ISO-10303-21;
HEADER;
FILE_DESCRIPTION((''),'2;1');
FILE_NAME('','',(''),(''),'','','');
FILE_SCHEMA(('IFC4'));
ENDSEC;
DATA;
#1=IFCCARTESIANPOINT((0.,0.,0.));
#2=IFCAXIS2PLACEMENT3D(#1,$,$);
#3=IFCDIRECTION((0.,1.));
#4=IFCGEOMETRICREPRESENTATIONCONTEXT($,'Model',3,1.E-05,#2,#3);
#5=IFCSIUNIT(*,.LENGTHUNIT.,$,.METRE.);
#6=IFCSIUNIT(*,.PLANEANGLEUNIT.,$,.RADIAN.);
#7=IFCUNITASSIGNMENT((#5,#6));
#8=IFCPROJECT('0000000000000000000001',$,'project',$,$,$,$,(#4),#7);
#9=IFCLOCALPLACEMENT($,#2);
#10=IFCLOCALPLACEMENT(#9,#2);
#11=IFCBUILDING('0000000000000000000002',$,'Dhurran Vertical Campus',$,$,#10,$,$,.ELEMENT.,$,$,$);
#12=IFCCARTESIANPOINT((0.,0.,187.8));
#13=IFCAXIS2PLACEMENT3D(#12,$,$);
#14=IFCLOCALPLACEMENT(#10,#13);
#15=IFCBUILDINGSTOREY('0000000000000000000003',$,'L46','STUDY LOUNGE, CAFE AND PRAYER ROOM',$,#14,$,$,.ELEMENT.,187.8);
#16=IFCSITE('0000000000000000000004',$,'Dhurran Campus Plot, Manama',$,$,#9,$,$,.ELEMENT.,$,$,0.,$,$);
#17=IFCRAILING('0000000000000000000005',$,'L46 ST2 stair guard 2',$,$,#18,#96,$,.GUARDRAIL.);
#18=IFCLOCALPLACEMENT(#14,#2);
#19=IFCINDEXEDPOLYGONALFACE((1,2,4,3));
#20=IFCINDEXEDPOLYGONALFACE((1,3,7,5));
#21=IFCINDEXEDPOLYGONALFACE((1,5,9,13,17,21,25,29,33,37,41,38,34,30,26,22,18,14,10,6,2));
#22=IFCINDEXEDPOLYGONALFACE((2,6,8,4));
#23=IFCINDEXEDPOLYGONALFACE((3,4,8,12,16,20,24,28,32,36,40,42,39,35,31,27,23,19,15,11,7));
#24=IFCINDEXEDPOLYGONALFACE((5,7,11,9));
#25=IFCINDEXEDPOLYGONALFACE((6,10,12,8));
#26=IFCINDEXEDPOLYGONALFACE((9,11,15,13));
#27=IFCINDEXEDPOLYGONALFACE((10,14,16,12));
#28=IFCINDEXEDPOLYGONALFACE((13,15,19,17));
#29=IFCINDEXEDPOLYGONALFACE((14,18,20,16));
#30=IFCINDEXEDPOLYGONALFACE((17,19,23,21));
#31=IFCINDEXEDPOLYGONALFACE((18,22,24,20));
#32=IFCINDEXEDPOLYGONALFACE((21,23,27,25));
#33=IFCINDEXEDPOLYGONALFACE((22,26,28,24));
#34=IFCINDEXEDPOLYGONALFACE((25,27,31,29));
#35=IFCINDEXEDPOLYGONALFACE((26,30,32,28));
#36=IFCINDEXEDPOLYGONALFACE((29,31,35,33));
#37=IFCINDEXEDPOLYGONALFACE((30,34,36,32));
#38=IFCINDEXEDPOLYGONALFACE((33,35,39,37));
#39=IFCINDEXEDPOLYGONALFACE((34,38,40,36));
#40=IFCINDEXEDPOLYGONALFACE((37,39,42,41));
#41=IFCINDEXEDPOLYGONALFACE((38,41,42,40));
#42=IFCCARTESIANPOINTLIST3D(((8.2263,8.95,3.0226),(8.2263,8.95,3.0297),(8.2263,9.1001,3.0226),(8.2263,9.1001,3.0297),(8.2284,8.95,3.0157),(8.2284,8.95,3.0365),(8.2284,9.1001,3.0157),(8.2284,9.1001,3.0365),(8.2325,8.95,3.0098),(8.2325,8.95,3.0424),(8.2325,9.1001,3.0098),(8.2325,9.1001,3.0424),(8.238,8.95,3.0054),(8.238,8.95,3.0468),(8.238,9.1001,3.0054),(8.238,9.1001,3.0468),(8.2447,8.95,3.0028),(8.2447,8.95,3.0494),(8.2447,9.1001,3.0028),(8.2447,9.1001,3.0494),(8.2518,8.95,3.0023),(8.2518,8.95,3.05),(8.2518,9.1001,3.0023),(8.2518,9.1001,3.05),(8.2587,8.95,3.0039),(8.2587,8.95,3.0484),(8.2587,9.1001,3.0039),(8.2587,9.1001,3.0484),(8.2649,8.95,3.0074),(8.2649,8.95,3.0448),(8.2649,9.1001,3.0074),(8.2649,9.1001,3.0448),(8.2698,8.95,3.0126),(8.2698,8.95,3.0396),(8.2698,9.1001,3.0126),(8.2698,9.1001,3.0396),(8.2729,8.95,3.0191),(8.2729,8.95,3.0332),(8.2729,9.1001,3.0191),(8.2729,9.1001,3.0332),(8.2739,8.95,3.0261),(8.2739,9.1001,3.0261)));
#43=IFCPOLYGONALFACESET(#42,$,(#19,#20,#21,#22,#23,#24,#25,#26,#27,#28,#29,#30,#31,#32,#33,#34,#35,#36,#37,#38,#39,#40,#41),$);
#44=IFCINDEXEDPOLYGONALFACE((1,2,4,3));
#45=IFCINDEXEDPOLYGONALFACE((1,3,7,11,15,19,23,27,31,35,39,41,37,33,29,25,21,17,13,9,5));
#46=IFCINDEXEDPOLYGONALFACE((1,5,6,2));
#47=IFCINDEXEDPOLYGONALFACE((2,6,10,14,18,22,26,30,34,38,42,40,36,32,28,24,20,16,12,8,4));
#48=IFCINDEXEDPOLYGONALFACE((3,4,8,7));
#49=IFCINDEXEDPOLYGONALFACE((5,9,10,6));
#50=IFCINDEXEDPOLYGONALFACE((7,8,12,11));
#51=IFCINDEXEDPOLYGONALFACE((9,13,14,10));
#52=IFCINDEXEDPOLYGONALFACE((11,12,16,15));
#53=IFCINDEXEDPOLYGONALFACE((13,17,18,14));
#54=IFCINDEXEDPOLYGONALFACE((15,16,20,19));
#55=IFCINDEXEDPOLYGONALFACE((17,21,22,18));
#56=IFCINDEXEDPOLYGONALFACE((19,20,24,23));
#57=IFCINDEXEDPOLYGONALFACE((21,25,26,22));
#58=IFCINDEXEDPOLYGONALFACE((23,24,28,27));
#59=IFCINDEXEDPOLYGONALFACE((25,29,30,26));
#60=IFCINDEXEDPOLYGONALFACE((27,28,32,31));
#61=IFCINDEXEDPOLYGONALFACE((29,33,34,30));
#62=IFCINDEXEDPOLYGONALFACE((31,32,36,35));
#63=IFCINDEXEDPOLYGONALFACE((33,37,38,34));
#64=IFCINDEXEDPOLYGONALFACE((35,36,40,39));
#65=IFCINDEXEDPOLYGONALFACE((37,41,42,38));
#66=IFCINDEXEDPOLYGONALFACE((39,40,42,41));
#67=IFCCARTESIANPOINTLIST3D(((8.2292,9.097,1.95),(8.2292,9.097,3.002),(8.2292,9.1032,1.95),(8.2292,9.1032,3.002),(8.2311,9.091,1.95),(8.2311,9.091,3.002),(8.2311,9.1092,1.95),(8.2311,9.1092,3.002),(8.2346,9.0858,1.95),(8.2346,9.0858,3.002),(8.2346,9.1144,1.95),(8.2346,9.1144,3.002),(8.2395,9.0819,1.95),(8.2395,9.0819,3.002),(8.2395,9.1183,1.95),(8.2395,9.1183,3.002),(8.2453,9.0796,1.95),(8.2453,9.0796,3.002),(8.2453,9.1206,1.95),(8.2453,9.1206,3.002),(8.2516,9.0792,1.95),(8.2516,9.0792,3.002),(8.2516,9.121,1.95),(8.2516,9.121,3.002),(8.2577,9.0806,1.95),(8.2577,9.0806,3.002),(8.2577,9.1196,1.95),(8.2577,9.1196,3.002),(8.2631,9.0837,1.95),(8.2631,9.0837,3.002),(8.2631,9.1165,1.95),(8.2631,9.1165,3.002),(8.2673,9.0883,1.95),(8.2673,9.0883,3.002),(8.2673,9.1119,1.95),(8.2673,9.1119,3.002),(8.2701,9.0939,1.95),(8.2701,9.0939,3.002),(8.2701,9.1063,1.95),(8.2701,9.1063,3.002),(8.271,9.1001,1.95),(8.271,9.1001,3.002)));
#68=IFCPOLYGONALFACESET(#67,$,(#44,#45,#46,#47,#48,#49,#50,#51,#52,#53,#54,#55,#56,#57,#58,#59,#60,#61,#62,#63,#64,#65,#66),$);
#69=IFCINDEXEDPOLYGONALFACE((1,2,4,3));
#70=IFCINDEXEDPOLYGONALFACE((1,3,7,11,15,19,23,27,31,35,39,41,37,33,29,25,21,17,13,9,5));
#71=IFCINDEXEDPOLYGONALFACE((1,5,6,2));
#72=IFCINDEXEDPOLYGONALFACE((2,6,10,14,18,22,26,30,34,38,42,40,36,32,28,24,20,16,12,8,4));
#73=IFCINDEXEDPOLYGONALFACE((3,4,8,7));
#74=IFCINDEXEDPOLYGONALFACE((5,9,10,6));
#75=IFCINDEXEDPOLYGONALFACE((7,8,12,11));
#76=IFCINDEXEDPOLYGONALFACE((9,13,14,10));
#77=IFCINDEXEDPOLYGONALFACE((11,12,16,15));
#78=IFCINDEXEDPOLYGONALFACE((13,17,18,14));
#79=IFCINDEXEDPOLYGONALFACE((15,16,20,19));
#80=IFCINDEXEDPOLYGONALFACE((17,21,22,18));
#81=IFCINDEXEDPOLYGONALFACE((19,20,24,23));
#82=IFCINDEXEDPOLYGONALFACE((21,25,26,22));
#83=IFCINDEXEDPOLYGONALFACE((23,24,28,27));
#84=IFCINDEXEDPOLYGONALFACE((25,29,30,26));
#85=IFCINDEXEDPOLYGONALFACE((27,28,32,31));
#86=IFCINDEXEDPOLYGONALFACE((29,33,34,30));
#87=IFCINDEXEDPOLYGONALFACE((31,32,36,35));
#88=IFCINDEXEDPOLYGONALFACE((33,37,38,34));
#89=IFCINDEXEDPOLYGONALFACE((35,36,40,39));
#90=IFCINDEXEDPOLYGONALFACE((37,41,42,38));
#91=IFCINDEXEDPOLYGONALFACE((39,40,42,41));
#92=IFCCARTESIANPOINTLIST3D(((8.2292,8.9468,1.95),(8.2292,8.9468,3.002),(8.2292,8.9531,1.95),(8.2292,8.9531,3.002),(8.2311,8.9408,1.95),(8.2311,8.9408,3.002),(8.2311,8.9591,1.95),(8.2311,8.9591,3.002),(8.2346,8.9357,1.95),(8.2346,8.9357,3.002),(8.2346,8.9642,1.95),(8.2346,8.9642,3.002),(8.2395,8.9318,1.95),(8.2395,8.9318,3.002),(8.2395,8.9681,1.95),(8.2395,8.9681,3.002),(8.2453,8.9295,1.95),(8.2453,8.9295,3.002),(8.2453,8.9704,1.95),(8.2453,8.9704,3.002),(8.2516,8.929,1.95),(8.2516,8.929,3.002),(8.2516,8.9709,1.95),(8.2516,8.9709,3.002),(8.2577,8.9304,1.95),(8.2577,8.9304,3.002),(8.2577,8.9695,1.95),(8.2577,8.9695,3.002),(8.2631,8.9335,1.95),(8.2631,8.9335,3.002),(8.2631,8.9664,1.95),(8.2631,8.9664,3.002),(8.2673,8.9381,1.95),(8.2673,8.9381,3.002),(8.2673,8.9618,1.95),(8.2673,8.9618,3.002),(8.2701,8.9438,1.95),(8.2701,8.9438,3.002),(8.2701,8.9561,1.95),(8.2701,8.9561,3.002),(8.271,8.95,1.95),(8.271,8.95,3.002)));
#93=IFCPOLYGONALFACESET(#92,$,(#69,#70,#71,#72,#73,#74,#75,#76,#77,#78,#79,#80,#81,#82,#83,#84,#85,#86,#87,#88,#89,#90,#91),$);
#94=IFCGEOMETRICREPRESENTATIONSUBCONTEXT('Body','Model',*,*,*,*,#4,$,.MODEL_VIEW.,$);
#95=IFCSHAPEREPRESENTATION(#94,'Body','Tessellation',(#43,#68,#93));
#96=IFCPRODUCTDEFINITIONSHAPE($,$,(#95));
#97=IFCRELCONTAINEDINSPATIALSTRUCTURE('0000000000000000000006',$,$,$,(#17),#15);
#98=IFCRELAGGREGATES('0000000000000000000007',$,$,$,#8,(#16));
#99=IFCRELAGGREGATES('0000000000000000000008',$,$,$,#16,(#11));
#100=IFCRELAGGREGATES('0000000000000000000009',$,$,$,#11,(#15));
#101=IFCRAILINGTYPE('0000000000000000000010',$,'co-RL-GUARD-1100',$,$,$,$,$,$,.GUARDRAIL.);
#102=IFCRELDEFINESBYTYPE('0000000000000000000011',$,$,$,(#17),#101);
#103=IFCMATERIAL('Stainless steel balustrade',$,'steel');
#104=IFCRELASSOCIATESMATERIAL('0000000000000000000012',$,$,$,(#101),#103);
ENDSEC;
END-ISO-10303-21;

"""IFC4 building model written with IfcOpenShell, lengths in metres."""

from ifc_helpers import new_model, si_unit, direction, frame, origin, origin_2d, place, context, subcontext, project, spatial, circle, extrude, material, type_object, element, save


model = new_model("IFC4")

# Units and contexts
model_context = context("Model", 3, precision=1e-05, world=origin(), true_north=direction((0.0, 1.0)))
body_context = subcontext(model_context, "Body", "Model", "MODEL_VIEW")
ifc_project = project(units=[si_unit("LENGTHUNIT", "METRE"), si_unit("PLANEANGLEUNIT", "RADIAN")], contexts=[model_context])

# Site, building, storey
site_placement = place(None, origin())
site = spatial("IfcSite", under=ifc_project, at=site_placement, Name="Dhurran Campus Plot, Manama", CompositionType="ELEMENT", RefElevation=0.0)
building_placement = place(site_placement, origin())
building = spatial("IfcBuilding", under=site, at=building_placement, Name="Dhurran Vertical Campus", CompositionType="ELEMENT")
storey_placement = place(building_placement, frame((0.0, 0.0, 187.8)))
storey = spatial("IfcBuildingStorey", under=building, at=storey_placement, Name="L46", Description="STUDY LOUNGE, CAFE AND PRAYER ROOM", CompositionType="ELEMENT", Elevation=187.8)

# Railing
ifc_material_1 = material(Name="Stainless steel balustrade", Category="steel")
railing_type_1 = type_object("IfcRailingType", Name="co-RL-GUARD-1100", PredefinedType="GUARDRAIL", material=ifc_material_1)
railing_1_placement = place(storey_placement, frame((8.25, 9.1001, 1.95)))
element("IfcRailing", 1, at=railing_1_placement, inside=storey, type_object=railing_type_1, Name="L46 ST2 stair guard 2", PredefinedType="GUARDRAIL", context=body_context, shape_type="SweptSolid", body=[
    extrude(circle(Radius=0.0239, at=origin_2d()), frame((0.0, 0.0, 1.0762), z_axis=(0.0, -1.0, 0.0), x_axis=(1.0, 0.0, 0.0)), (0.0, 0.0, 1.0), 0.1501),
    extrude(circle(Radius=0.021, at=origin_2d()), origin(), (0.0, 0.0, 1.0), 1.052),
    extrude(circle(Radius=0.021, at=origin_2d()), frame((0.0, -0.1501, 0.0)), (0.0, 0.0, 1.0), 1.052),
])

save(model, "model.ifc")
